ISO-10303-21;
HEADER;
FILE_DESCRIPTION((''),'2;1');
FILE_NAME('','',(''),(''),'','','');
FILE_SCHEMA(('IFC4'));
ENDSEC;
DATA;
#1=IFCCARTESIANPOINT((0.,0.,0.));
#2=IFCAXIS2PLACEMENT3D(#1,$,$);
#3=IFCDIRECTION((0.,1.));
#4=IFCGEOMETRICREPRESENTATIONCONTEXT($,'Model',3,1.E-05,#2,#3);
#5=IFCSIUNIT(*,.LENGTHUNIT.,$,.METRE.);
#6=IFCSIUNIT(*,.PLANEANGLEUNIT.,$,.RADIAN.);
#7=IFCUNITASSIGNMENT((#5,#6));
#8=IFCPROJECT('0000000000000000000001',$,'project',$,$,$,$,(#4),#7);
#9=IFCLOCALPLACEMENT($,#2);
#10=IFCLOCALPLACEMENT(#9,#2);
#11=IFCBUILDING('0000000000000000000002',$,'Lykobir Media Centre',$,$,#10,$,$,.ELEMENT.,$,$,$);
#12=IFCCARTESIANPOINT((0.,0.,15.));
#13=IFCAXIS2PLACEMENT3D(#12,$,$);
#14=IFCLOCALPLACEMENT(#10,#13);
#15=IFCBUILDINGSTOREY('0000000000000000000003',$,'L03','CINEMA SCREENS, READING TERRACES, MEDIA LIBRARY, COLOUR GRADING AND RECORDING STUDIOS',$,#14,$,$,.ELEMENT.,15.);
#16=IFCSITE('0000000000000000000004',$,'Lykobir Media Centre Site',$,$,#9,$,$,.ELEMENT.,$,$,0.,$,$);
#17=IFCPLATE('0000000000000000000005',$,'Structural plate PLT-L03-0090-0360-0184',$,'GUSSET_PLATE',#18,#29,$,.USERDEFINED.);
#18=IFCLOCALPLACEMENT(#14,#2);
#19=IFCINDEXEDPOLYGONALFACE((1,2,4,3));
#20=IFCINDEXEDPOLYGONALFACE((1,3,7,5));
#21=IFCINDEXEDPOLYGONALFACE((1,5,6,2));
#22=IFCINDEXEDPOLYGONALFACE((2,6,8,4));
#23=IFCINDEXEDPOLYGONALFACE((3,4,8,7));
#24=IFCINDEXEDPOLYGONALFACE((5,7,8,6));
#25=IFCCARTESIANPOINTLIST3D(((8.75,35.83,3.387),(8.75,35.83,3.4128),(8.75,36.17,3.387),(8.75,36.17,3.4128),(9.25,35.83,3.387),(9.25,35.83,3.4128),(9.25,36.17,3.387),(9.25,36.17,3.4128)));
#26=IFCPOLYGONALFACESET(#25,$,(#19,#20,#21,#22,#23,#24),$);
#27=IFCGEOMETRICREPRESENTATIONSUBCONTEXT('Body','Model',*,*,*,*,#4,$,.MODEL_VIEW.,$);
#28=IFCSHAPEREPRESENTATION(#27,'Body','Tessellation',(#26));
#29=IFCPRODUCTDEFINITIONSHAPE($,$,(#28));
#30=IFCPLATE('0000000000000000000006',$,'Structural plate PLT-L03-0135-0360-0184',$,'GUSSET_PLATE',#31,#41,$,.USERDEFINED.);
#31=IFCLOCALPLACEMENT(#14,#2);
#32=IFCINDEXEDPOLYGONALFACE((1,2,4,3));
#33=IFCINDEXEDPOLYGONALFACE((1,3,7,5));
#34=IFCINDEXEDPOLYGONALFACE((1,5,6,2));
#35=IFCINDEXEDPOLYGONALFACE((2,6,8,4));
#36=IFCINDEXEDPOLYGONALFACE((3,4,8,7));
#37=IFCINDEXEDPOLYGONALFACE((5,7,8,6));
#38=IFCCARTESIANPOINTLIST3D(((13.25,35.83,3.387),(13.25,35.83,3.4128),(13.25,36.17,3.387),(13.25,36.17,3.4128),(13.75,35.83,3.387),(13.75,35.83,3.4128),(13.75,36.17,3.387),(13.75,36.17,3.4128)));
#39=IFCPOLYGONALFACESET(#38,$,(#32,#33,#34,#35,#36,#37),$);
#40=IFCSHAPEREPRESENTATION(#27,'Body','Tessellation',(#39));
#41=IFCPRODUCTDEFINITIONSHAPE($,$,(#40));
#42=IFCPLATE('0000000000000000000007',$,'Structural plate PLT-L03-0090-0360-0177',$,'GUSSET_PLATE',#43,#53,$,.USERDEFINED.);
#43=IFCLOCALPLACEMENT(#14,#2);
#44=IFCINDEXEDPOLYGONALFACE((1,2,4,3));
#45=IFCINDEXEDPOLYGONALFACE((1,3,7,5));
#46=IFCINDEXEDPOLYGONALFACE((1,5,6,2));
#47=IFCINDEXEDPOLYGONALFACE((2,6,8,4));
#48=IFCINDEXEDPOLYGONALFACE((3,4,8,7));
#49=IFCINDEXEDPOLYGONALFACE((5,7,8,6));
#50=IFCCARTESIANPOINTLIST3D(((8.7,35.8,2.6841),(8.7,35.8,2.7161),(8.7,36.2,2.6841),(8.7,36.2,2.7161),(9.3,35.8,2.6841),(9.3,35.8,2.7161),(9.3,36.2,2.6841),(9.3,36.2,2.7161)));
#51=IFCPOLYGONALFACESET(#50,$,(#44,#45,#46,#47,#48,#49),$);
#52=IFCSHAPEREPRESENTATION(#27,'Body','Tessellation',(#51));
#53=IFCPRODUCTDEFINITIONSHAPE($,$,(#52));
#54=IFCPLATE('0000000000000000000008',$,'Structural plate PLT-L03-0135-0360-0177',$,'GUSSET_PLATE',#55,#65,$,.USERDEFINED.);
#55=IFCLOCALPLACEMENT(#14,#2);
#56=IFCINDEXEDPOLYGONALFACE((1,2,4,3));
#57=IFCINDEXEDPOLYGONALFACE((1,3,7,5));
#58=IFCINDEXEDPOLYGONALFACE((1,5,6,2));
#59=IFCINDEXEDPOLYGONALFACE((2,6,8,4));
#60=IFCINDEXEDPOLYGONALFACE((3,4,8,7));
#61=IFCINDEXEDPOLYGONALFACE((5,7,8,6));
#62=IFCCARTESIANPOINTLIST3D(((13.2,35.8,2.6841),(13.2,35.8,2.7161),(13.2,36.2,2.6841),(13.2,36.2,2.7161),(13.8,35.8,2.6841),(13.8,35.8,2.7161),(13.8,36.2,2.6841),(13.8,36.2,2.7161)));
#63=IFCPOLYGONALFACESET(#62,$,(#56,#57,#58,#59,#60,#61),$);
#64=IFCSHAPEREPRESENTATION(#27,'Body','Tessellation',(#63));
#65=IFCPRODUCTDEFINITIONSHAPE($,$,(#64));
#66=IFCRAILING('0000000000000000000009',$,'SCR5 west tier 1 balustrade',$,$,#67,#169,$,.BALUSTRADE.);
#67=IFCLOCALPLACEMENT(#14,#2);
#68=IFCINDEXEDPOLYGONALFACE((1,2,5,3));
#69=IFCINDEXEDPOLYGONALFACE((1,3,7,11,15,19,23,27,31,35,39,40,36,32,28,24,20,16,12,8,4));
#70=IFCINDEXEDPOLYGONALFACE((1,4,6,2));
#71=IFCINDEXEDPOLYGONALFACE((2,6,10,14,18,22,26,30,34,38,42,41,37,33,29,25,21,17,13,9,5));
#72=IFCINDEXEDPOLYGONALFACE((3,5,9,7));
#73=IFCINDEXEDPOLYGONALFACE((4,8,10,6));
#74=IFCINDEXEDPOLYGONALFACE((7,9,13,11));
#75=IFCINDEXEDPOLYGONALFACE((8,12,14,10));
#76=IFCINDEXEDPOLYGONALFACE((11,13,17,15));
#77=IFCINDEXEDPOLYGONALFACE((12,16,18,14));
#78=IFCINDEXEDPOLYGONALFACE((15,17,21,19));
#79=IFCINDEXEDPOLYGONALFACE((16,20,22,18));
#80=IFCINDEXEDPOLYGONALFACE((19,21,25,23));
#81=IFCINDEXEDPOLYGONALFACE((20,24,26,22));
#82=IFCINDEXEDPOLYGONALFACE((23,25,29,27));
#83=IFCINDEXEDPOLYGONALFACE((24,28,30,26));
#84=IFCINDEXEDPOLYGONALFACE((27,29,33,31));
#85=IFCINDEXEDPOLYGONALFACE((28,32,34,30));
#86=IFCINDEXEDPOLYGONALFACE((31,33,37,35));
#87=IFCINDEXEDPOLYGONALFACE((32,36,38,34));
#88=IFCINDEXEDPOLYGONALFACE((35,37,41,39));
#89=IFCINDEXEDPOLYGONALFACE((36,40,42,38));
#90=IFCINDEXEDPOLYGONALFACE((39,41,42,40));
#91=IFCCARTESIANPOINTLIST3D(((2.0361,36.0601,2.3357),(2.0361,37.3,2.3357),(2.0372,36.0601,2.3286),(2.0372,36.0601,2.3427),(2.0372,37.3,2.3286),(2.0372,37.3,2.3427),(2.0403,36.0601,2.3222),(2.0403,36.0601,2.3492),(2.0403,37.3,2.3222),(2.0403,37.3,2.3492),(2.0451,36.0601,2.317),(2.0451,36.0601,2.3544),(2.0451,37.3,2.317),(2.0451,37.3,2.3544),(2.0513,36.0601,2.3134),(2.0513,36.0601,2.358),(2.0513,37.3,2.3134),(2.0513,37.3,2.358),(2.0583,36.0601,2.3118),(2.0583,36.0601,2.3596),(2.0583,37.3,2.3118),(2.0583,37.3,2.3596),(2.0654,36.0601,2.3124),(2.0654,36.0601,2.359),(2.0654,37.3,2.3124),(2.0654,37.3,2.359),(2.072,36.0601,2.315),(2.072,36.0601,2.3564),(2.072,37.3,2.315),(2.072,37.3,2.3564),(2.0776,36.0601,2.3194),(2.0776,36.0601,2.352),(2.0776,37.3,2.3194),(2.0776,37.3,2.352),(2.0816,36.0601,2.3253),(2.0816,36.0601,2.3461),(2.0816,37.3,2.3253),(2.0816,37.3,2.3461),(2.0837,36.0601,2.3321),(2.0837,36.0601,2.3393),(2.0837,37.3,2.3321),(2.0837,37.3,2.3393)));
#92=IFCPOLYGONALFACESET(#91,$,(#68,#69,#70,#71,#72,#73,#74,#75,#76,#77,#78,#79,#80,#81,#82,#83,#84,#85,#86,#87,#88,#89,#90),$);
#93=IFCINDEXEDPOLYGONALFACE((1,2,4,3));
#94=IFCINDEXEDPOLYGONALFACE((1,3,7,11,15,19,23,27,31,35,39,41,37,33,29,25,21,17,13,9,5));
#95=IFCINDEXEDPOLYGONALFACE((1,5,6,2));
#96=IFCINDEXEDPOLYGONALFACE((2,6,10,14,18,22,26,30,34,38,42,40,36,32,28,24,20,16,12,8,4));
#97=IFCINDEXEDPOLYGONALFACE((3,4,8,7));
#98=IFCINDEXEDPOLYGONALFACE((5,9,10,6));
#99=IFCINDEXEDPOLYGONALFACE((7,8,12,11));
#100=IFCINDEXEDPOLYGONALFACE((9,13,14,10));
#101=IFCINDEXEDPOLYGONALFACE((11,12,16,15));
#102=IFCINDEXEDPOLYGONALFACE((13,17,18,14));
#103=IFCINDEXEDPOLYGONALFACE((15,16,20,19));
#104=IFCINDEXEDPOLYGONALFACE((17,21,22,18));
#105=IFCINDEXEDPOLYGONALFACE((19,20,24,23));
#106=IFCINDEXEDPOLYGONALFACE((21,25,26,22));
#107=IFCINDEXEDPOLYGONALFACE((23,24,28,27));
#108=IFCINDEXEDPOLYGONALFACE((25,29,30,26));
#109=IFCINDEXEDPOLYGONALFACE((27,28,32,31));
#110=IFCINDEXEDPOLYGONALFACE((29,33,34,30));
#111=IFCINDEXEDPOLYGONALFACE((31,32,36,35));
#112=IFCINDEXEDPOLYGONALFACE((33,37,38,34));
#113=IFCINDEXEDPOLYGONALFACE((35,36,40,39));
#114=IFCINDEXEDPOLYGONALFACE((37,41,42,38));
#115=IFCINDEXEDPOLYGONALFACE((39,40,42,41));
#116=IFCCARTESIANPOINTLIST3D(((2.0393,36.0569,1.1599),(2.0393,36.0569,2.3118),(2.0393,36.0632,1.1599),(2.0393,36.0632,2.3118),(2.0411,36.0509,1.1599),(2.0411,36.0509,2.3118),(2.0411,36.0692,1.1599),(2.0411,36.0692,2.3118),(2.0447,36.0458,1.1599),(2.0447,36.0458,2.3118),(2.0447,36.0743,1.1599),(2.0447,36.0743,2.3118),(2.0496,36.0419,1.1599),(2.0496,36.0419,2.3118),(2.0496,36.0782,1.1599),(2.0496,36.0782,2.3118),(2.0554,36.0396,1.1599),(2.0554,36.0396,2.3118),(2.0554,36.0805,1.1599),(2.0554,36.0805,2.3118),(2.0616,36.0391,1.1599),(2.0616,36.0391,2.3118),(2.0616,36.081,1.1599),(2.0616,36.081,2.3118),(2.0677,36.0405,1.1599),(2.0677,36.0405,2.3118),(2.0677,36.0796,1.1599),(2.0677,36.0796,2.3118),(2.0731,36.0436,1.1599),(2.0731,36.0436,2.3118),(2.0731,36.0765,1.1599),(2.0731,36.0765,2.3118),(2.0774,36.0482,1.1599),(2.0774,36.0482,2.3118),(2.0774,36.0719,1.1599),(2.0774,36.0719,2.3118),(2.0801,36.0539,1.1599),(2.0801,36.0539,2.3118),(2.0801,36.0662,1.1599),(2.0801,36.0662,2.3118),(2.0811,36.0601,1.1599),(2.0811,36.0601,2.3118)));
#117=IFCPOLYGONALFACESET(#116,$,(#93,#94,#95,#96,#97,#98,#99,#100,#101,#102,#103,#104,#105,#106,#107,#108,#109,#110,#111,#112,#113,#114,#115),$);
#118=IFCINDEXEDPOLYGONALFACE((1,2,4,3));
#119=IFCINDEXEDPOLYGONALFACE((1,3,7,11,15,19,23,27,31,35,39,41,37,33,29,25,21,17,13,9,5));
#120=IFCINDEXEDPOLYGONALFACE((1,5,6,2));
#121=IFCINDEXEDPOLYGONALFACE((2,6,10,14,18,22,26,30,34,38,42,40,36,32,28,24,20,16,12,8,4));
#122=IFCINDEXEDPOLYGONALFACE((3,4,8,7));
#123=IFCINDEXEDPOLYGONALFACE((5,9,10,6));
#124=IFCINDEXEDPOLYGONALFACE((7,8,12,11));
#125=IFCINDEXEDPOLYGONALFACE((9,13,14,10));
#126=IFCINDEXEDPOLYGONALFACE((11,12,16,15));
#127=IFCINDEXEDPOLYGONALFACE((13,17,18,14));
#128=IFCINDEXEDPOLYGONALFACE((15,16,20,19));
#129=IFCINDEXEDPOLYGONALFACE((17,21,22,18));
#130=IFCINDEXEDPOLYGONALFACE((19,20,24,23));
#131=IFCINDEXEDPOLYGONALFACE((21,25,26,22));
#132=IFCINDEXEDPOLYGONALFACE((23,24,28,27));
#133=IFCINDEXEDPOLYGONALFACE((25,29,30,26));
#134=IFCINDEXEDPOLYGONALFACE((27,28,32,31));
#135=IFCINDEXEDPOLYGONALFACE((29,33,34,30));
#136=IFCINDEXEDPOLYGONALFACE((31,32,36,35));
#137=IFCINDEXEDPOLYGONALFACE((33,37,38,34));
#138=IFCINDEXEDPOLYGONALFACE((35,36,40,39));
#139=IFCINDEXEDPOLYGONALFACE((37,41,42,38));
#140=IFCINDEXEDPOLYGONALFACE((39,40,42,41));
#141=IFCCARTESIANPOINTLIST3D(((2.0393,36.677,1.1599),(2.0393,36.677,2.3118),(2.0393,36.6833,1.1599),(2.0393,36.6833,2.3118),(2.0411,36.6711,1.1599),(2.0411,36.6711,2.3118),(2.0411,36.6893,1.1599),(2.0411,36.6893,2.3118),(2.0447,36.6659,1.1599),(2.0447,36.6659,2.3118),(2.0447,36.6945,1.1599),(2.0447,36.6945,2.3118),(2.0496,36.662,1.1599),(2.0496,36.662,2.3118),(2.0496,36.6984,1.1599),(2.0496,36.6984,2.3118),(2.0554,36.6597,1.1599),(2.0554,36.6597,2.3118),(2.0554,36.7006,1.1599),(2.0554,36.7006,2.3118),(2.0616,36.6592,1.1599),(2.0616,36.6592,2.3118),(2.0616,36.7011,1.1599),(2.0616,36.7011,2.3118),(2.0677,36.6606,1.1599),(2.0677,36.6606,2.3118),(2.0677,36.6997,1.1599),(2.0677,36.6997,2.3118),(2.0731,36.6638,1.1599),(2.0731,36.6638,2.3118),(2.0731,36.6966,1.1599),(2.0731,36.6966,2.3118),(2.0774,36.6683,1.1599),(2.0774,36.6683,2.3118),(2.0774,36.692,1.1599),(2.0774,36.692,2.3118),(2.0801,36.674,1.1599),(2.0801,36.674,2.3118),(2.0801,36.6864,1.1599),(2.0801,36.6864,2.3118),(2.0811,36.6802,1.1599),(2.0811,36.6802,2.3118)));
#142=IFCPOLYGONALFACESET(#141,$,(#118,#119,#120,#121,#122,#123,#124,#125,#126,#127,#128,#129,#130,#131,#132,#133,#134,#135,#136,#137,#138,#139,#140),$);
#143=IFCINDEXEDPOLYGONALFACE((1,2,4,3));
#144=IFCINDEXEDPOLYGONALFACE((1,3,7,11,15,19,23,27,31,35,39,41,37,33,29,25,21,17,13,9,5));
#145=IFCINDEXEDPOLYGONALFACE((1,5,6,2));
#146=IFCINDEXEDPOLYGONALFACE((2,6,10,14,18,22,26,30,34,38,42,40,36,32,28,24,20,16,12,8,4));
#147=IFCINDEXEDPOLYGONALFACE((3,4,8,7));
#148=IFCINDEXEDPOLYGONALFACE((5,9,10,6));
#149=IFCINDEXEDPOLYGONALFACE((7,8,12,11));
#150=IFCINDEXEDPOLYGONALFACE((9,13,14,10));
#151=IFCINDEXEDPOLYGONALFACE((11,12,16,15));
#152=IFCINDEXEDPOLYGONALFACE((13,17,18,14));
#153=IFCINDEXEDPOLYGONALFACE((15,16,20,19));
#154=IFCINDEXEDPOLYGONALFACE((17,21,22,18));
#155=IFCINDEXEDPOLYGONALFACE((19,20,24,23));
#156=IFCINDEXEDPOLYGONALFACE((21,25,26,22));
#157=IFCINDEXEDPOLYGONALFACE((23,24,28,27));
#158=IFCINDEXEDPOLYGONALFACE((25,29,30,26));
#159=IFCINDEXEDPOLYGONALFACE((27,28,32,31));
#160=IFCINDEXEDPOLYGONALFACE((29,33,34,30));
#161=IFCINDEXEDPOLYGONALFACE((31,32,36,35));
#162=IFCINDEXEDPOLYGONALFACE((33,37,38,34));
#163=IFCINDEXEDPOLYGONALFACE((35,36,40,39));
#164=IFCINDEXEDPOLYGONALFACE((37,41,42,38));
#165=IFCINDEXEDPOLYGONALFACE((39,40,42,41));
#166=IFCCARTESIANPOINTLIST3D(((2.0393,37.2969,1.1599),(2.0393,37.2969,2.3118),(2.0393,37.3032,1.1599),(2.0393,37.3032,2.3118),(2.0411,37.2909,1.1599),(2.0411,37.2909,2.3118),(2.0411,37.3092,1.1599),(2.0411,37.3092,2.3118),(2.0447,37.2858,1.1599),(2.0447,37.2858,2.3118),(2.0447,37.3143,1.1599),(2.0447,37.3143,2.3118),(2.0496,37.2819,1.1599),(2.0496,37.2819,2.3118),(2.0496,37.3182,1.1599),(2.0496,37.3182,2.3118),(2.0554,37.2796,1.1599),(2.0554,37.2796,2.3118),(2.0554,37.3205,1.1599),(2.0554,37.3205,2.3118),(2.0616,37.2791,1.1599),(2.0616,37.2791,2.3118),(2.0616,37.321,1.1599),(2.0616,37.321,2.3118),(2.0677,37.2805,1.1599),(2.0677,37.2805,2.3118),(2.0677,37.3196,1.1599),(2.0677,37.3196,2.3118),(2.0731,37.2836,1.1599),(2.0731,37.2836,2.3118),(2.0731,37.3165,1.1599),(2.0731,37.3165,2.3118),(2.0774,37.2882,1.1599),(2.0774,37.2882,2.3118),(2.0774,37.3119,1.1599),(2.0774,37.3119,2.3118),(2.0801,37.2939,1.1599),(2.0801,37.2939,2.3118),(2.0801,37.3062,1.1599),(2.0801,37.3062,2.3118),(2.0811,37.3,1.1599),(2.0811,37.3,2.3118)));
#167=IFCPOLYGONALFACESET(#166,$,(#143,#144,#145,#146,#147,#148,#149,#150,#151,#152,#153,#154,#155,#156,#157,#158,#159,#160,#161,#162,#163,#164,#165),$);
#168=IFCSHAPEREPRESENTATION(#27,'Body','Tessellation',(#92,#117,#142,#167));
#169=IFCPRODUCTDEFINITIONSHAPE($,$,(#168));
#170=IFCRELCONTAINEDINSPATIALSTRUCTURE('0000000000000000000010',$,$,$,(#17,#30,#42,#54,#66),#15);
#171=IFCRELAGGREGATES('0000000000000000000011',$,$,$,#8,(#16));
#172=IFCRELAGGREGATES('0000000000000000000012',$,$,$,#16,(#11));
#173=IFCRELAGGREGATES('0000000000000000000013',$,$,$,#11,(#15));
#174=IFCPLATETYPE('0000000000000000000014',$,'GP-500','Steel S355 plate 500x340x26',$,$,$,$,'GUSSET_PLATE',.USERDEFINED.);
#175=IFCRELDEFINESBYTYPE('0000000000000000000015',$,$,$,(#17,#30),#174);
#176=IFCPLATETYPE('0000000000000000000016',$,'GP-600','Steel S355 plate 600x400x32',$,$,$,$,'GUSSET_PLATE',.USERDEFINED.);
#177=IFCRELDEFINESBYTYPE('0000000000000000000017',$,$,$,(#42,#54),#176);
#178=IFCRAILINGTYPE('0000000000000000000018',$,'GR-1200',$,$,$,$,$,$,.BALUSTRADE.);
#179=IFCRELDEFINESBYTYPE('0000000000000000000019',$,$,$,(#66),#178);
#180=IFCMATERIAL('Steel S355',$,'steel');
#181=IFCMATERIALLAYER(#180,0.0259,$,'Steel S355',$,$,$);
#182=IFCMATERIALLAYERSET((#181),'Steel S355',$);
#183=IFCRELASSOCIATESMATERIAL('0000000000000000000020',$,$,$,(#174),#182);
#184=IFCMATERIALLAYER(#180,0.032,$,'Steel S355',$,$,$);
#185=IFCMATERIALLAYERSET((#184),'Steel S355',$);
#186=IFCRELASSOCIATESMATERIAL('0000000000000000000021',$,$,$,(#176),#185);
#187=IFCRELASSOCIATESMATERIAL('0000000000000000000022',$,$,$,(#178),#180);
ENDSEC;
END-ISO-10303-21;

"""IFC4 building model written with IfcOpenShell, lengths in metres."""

from ifc_helpers import new_model, si_unit, direction, frame, origin, origin_2d, place, context, subcontext, project, spatial, rectangle, circle, extrude, material, layer, layer_set, type_object, element, save


model = new_model("IFC4")

# Units and contexts
model_context = context("Model", 3, precision=1e-05, world=origin(), true_north=direction((0.0, 1.0)))
body_context = subcontext(model_context, "Body", "Model", "MODEL_VIEW")
ifc_project = project(units=[si_unit("LENGTHUNIT", "METRE"), si_unit("PLANEANGLEUNIT", "RADIAN")], contexts=[model_context])

# Site, building, storey
site_placement = place(None, origin())
site = spatial("IfcSite", under=ifc_project, at=site_placement, Name="Lykobir Media Centre Site", CompositionType="ELEMENT", RefElevation=0.0)
building_placement = place(site_placement, origin())
building = spatial("IfcBuilding", under=site, at=building_placement, Name="Lykobir Media Centre", CompositionType="ELEMENT")
storey_placement = place(building_placement, frame((0.0, 0.0, 15.0)))
storey = spatial("IfcBuildingStorey", under=building, at=storey_placement, Name="L03", Description="CINEMA SCREENS, READING TERRACES, MEDIA LIBRARY, COLOUR GRADING AND RECORDING STUDIOS", CompositionType="ELEMENT", Elevation=15.0)

# Shared definitions
ifc_material = material(Name="Steel S355", Category="steel")

# Plates
ifc_layer_1 = layer(ifc_material, 0.0259, Name="Steel S355")
ifc_layer_set_1 = layer_set([ifc_layer_1], Name="Steel S355")
plate_type_1 = type_object("IfcPlateType", Name="GP-500", Description="Steel S355 plate 500x340x26", ElementType="GUSSET_PLATE", PredefinedType="USERDEFINED", material=ifc_layer_set_1)
for number, where, z_axis, x_axis, name in (
    (1, (9.0, 36.0, 3.387), (0.0, 0.0, 1.0), (1.0, 0.0, 0.0), "Structural plate PLT-L03-0090-0360-0184"),
    (2, (13.5, 36.0, 3.387), (0.0, 0.0, 1.0), (1.0, 0.0, 0.0), "Structural plate PLT-L03-0135-0360-0184"),
):
    element("IfcPlate", number, at=place(storey_placement, frame(where, z_axis=z_axis, x_axis=x_axis)), inside=storey, type_object=plate_type_1, Name=name, ObjectType="GUSSET_PLATE", PredefinedType="USERDEFINED", context=body_context, shape_type="SweptSolid", body=[
        extrude(rectangle(XDim=0.5, YDim=0.3401, at=origin_2d()), origin(), (0.0, 0.0, 1.0), 0.0259),
    ])
ifc_layer_2 = layer(ifc_material, 0.032, Name="Steel S355")
ifc_layer_set_2 = layer_set([ifc_layer_2], Name="Steel S355")
plate_type_2 = type_object("IfcPlateType", Name="GP-600", Description="Steel S355 plate 600x400x32", ElementType="GUSSET_PLATE", PredefinedType="USERDEFINED", material=ifc_layer_set_2)
for number, where, z_axis, x_axis, name in (
    (3, (9.0, 36.0, 2.6841), (0.0, 0.0, 1.0), (1.0, 0.0, 0.0), "Structural plate PLT-L03-0090-0360-0177"),
    (4, (13.5, 36.0, 2.6841), (0.0, 0.0, 1.0), (1.0, 0.0, 0.0), "Structural plate PLT-L03-0135-0360-0177"),
):
    element("IfcPlate", number, at=place(storey_placement, frame(where, z_axis=z_axis, x_axis=x_axis)), inside=storey, type_object=plate_type_2, Name=name, ObjectType="GUSSET_PLATE", PredefinedType="USERDEFINED", context=body_context, shape_type="SweptSolid", body=[
        extrude(rectangle(XDim=0.6001, YDim=0.3999, at=origin_2d()), origin(), (0.0, 0.0, 1.0), 0.032),
    ])

# Railing
railing_type = type_object("IfcRailingType", Name="GR-1200", PredefinedType="BALUSTRADE", material=ifc_material)
for number, where, name in (
    (5, (2.0601, 36.0601, 1.1599), "SCR5 west tier 1 balustrade"),
):
    element("IfcRailing", number, at=place(storey_placement, frame(where)), inside=storey, type_object=railing_type, Name=name, PredefinedType="BALUSTRADE", context=body_context, shape_type="SweptSolid", body=[
        extrude(circle(Radius=0.0239, at=origin_2d()), frame((0.0, 0.0, 1.1758), z_axis=(0.0, 1.0, 0.0), x_axis=(-1.0, 0.0, 0.0)), (0.0, 0.0, 1.0), 1.24),
        extrude(circle(Radius=0.021, at=origin_2d()), origin(), (0.0, 0.0, 1.0), 1.1519),
        extrude(circle(Radius=0.021, at=origin_2d()), frame((0.0, 0.6201, 0.0)), (0.0, 0.0, 1.0), 1.1519),
        extrude(circle(Radius=0.021, at=origin_2d()), frame((0.0, 1.24, 0.0)), (0.0, 0.0, 1.0), 1.1519),
    ])

save(model, "model.ifc")
